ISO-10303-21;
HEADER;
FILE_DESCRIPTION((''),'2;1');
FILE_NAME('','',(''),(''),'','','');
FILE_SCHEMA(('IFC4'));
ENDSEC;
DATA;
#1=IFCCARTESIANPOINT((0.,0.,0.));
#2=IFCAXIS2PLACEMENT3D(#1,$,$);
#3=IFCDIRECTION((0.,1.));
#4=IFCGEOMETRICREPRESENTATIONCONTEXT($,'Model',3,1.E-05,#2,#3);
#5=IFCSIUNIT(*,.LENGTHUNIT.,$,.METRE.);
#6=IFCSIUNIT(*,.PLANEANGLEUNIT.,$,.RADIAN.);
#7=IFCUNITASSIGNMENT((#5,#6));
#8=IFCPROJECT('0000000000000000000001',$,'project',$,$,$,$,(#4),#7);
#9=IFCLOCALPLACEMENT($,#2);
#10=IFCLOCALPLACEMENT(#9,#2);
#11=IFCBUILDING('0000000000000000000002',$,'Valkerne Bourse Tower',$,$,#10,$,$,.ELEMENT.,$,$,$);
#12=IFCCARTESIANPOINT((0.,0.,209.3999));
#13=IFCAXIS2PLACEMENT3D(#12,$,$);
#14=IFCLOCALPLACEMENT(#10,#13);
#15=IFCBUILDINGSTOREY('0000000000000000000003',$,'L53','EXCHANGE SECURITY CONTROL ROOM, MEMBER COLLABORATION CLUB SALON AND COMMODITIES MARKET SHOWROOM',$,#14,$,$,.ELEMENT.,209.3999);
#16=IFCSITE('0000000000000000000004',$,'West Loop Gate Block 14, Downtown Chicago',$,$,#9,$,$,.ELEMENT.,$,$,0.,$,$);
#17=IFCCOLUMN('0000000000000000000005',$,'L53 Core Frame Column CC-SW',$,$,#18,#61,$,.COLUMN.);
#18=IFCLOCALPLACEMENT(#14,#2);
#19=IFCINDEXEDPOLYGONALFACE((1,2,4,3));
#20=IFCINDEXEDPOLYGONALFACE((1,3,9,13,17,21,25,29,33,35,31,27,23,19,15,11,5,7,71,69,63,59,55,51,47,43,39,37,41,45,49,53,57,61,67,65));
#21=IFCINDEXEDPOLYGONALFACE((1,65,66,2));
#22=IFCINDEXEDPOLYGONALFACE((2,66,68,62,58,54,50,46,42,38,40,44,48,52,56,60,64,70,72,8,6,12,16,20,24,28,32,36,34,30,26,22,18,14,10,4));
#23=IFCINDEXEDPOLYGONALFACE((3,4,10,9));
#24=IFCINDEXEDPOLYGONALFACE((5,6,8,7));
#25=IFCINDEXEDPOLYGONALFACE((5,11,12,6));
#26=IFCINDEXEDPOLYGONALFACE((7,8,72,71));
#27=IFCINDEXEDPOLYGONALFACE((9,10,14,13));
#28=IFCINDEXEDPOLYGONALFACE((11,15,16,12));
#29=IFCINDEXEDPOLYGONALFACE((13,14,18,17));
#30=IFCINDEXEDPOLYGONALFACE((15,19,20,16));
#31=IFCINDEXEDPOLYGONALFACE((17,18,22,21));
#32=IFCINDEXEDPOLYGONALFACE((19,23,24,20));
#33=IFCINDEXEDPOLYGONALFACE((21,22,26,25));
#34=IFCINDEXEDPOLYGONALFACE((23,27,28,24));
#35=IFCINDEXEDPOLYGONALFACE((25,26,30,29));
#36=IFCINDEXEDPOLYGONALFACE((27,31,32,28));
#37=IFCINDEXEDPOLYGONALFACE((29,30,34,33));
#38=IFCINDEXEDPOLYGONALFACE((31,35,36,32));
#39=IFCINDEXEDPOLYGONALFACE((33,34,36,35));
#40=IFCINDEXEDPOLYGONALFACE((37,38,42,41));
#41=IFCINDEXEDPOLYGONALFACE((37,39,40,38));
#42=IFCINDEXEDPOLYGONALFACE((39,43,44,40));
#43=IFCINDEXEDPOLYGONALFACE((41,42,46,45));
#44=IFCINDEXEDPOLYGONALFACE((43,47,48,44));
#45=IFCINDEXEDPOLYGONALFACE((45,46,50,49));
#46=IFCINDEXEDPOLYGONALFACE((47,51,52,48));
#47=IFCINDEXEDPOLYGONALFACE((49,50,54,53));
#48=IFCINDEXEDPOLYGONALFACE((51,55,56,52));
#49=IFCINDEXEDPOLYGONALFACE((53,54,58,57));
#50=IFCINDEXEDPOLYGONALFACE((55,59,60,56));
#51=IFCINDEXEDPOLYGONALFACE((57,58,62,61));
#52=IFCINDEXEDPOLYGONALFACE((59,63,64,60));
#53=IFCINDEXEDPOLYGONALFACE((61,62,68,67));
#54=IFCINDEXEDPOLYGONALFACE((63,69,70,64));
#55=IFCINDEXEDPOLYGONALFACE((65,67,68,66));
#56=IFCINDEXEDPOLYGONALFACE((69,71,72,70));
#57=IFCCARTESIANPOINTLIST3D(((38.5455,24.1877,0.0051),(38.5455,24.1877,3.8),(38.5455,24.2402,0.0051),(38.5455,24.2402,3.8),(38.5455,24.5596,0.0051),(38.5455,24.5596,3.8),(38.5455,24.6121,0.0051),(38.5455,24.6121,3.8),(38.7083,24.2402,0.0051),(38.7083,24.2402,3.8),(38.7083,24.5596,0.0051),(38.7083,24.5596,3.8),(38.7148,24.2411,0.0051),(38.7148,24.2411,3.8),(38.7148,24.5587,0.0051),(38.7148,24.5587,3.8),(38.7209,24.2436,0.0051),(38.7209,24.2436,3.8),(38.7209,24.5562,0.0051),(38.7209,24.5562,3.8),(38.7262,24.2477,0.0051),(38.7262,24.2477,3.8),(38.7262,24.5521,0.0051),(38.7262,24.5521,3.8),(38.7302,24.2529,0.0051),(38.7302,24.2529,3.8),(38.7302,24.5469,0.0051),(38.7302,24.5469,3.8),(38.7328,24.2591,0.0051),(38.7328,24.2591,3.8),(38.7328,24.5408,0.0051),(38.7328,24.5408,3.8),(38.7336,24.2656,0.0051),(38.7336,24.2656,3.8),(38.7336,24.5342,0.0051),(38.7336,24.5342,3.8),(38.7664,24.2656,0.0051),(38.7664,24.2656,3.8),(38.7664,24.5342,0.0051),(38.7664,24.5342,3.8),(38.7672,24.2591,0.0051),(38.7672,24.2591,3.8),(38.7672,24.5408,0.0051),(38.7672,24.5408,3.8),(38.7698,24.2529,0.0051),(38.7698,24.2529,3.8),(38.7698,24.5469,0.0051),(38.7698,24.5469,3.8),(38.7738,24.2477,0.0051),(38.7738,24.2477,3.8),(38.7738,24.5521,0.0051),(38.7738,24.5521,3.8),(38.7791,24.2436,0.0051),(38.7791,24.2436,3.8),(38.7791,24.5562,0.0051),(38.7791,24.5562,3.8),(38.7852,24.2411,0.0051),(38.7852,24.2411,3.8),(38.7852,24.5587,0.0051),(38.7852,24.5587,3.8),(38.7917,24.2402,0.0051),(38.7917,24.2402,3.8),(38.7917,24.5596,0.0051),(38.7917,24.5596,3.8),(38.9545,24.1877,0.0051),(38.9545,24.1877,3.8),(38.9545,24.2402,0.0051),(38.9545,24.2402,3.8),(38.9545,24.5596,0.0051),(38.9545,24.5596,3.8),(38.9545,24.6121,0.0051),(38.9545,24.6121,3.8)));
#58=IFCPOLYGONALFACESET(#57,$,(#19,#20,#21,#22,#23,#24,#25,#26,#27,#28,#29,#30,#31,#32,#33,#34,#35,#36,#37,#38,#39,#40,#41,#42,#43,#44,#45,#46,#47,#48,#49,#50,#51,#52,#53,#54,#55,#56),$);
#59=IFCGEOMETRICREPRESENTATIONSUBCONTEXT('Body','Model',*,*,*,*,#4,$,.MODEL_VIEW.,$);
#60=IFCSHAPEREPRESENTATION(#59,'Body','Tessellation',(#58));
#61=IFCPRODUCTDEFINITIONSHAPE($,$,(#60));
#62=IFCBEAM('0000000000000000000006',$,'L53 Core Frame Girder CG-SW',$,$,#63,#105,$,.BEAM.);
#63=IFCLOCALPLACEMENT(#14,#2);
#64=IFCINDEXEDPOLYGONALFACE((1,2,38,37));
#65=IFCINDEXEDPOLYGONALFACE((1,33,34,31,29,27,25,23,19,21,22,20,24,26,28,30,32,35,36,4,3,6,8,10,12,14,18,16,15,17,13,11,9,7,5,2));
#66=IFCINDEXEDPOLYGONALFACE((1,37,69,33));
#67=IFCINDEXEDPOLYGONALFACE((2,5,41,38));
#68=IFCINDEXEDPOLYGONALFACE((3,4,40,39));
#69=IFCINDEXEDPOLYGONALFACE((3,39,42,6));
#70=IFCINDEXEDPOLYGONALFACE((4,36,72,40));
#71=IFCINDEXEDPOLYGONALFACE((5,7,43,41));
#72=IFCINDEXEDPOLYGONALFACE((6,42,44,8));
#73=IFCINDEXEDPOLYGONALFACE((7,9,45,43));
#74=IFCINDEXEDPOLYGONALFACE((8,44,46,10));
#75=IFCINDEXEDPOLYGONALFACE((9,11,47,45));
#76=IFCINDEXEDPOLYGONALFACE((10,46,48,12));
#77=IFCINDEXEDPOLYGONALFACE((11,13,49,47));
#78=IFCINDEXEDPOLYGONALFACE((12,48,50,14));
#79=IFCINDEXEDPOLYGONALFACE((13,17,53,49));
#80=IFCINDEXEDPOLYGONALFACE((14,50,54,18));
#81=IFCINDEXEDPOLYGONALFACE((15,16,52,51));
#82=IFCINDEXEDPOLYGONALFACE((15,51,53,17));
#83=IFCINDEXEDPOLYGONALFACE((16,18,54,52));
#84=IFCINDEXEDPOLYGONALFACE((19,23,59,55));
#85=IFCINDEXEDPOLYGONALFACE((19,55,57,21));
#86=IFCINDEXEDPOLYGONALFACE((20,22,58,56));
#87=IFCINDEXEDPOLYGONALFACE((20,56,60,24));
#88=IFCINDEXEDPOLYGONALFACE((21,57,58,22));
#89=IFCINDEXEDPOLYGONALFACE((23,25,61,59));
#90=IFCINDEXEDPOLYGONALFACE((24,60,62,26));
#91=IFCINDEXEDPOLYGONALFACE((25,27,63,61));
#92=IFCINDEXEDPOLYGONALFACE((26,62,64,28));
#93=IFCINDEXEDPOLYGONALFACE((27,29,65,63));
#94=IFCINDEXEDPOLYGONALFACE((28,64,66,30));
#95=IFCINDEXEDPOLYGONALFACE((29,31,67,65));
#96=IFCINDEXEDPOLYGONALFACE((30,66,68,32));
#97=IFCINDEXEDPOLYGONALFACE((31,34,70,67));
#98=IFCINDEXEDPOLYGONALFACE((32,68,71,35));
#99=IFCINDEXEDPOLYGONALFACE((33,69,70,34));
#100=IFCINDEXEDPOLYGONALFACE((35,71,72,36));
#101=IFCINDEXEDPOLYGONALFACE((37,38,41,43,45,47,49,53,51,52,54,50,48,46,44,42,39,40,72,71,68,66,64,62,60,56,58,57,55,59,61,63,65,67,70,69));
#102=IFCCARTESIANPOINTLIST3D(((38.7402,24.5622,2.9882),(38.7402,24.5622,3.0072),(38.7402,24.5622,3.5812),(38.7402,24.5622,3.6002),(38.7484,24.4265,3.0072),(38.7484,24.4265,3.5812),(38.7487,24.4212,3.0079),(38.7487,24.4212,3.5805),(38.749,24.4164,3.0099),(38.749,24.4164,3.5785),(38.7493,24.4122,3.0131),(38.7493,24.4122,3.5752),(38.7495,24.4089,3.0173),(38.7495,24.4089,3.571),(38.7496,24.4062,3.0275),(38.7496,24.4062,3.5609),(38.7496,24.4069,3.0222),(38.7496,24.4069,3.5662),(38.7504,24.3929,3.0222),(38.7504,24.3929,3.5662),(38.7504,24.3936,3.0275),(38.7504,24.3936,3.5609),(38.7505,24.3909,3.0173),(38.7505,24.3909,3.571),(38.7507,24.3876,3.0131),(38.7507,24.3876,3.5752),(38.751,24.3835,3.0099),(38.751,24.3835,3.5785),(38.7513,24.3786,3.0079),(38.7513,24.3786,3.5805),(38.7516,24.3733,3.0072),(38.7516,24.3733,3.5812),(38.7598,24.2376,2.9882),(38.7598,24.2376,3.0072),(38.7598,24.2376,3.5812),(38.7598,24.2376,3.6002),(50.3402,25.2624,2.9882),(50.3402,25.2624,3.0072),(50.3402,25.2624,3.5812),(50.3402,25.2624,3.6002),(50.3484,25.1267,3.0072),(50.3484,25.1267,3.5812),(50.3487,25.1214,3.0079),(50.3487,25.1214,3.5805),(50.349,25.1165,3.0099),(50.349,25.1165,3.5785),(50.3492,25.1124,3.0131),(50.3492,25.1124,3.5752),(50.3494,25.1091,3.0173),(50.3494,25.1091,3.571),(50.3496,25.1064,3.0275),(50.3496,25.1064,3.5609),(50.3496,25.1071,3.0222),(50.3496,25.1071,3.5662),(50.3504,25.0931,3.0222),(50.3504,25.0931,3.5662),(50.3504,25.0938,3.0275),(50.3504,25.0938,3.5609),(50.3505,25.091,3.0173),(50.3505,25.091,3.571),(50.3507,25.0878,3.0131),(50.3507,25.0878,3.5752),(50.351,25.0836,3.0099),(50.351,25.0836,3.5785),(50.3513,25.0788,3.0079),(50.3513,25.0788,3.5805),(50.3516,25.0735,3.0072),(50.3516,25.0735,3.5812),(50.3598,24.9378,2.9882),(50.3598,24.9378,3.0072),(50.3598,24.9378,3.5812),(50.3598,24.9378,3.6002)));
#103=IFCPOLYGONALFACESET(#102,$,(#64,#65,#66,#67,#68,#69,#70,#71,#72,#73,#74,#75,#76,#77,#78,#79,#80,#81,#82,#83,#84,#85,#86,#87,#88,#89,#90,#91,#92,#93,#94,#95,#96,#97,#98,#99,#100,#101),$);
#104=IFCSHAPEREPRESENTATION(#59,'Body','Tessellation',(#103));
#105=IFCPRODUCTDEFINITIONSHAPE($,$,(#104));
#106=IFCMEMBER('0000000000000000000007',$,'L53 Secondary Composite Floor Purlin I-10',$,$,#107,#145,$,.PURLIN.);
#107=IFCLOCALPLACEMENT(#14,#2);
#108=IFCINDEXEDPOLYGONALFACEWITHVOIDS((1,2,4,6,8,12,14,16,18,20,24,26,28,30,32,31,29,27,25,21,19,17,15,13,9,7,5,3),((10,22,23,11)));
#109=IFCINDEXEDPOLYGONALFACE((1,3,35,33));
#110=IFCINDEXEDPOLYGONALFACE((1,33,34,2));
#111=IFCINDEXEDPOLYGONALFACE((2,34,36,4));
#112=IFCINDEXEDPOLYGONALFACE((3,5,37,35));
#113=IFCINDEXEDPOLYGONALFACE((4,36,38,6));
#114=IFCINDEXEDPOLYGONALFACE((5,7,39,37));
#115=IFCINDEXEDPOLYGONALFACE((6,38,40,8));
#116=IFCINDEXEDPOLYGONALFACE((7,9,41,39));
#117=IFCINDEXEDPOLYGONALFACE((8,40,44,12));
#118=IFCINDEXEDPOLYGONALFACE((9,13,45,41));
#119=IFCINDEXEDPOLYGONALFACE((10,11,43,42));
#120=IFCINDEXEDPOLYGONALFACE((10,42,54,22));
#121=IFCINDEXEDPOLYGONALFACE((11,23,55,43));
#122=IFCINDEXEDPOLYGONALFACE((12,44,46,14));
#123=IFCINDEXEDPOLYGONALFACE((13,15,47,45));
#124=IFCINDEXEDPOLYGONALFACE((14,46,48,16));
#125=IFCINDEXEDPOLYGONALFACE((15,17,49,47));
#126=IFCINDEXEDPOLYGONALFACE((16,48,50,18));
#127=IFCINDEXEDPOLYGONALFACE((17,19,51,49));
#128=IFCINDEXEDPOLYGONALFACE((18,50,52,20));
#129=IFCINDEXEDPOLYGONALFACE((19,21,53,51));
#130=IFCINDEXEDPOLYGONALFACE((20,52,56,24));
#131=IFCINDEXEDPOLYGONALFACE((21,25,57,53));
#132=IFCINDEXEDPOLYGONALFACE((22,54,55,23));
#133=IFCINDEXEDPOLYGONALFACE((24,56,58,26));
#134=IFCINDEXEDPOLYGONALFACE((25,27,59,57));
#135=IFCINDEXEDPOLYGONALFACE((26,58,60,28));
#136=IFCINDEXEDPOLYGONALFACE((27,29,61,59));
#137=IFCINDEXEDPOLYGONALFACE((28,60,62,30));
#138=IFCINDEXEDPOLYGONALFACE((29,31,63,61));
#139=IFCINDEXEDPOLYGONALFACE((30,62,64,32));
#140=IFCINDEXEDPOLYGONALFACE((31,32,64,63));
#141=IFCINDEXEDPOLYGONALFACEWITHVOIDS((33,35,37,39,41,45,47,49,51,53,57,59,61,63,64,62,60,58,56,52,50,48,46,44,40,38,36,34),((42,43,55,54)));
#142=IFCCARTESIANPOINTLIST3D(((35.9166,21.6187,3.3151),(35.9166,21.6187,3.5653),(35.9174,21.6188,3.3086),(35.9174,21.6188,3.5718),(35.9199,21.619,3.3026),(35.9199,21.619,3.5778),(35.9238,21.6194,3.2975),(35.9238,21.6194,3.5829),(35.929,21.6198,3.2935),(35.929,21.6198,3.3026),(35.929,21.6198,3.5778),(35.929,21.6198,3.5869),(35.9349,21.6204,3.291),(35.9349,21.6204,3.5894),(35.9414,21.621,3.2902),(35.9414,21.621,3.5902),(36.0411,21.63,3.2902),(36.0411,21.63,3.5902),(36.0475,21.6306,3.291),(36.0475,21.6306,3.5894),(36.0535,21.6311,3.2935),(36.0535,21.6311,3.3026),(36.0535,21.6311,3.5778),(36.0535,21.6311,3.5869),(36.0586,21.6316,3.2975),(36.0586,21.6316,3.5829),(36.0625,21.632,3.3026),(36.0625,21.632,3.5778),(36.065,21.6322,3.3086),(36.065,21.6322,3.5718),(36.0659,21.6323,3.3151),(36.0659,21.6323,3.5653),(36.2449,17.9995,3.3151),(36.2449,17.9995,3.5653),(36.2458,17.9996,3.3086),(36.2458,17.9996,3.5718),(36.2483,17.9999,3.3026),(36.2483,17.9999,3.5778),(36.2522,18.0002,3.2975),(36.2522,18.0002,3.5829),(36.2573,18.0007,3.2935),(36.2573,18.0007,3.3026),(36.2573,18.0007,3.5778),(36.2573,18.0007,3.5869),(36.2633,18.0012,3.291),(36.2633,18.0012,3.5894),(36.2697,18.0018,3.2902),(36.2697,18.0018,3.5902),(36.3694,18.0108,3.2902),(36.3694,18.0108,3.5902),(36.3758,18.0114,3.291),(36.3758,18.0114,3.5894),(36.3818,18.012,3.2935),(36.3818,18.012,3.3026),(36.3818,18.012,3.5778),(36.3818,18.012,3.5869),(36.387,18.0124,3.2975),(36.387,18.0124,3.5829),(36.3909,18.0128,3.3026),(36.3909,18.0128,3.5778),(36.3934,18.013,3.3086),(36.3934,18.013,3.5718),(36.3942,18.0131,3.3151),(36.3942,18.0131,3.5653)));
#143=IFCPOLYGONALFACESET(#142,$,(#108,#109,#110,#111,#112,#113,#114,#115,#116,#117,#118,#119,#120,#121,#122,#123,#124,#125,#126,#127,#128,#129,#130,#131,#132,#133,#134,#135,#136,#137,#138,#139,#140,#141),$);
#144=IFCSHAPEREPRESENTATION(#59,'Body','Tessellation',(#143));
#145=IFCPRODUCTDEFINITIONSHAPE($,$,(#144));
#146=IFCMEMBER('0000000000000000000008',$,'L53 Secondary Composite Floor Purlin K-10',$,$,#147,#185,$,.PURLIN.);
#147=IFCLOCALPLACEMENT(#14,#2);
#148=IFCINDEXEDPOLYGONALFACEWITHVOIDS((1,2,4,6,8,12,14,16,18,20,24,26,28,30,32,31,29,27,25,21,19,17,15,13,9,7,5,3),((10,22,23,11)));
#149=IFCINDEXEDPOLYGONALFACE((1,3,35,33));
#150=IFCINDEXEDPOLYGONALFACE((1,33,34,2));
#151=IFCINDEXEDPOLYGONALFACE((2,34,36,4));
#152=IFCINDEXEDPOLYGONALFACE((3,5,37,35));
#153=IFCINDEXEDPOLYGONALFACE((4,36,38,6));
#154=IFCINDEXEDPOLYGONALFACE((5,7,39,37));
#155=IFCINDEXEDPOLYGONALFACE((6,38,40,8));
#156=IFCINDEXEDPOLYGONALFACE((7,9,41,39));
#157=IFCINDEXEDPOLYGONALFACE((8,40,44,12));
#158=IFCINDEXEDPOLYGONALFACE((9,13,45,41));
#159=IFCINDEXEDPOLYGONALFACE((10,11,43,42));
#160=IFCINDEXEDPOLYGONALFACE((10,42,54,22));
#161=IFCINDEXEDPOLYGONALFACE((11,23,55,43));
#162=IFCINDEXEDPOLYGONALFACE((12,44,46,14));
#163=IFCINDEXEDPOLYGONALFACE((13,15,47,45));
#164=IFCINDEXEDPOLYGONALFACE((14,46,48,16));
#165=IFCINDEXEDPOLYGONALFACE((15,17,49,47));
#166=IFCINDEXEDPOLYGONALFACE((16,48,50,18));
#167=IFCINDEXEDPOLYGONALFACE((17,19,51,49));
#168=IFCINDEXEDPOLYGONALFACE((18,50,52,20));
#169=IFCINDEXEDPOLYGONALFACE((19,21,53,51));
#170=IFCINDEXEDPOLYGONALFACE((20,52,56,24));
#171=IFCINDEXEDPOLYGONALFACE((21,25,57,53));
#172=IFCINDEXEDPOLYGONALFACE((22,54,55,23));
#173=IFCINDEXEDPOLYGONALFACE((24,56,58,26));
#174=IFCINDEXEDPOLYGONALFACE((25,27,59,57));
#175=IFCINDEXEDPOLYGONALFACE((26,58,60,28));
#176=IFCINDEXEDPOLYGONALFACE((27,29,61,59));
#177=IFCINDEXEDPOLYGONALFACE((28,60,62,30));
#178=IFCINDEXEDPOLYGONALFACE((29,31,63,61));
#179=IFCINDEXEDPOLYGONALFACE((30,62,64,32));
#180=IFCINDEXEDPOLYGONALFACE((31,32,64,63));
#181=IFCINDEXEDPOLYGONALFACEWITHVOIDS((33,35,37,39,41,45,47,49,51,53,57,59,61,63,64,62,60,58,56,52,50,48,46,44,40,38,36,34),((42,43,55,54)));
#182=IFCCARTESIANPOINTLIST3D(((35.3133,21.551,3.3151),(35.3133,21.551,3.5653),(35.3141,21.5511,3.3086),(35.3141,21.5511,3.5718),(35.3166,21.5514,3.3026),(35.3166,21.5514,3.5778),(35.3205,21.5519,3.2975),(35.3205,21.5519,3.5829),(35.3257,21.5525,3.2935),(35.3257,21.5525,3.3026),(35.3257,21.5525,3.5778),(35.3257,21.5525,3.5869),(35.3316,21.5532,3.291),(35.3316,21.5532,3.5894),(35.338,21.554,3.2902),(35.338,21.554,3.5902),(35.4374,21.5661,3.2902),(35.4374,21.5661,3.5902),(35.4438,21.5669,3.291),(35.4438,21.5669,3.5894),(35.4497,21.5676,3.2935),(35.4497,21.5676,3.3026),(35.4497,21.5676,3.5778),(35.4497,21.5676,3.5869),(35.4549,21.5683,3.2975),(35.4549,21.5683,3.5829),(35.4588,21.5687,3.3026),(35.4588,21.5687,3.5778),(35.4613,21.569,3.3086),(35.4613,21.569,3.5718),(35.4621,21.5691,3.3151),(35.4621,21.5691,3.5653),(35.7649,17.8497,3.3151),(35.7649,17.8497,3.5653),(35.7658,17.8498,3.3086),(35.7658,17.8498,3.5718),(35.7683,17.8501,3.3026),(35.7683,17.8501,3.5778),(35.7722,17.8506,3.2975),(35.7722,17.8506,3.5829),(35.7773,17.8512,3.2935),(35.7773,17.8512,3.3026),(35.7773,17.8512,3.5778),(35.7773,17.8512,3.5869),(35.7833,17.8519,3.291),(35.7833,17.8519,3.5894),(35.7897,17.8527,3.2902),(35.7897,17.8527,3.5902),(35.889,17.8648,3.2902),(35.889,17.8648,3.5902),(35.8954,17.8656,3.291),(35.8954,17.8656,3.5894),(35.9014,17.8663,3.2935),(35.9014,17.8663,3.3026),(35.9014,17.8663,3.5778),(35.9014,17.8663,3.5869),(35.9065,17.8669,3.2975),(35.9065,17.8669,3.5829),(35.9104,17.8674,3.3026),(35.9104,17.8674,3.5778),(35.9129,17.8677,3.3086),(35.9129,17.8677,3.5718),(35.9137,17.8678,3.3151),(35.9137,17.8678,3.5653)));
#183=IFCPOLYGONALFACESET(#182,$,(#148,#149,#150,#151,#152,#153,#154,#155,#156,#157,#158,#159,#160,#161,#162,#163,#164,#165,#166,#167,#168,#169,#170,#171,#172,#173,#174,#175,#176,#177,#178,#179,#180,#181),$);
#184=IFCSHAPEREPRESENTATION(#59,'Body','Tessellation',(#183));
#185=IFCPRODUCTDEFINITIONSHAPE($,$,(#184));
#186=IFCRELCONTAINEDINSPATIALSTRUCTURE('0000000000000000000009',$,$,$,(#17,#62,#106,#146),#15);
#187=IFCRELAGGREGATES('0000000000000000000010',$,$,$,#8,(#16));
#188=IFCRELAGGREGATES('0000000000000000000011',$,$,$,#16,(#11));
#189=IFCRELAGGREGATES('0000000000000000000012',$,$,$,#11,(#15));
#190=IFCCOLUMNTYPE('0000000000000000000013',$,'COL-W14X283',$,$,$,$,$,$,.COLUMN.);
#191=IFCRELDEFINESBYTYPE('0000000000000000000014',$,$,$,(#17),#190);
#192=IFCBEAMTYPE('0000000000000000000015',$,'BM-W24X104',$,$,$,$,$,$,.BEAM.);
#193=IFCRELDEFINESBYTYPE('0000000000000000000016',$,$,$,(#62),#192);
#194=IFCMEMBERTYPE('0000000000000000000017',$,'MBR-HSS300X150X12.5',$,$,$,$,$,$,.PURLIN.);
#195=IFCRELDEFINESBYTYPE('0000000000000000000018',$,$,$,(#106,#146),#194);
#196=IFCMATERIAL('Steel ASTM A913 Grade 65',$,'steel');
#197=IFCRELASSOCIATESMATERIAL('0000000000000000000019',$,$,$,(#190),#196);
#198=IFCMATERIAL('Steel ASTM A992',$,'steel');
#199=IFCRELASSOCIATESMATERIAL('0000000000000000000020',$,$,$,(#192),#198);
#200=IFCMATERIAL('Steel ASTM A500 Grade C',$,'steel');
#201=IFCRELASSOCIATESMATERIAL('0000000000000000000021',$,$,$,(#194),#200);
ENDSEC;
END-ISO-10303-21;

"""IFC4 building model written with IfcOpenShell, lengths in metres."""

from ifc_helpers import new_model, si_unit, direction, frame, origin, origin_2d, place, context, subcontext, project, spatial, hollow_rectangle, i_section, extrude, material, material_profile, profile_set, type_object, element, save


model = new_model("IFC4")

# Units and contexts
model_context = context("Model", 3, precision=1e-05, world=origin(), true_north=direction((0.0, 1.0)))
body_context = subcontext(model_context, "Body", "Model", "MODEL_VIEW")
ifc_project = project(units=[si_unit("LENGTHUNIT", "METRE"), si_unit("PLANEANGLEUNIT", "RADIAN")], contexts=[model_context])

# Site, building, storey
site_placement = place(None, origin())
site = spatial("IfcSite", under=ifc_project, at=site_placement, Name="West Loop Gate Block 14, Downtown Chicago", CompositionType="ELEMENT", RefElevation=0.0)
building_placement = place(site_placement, origin())
building = spatial("IfcBuilding", under=site, at=building_placement, Name="Valkerne Bourse Tower", CompositionType="ELEMENT")
storey_placement = place(building_placement, frame((0.0, 0.0, 209.3999)))
storey = spatial("IfcBuildingStorey", under=building, at=storey_placement, Name="L53", Description="EXCHANGE SECURITY CONTROL ROOM, MEMBER COLLABORATION CLUB SALON AND COMMODITIES MARKET SHOWROOM", CompositionType="ELEMENT", Elevation=209.3999)

# Column
ifc_material_1 = material(Name="Steel ASTM A913 Grade 65", Category="steel")
ifc_material_profile_1 = material_profile(ifc_material_1, i_section(OverallWidth=0.4089, OverallDepth=0.4243, WebThickness=0.0327, FlangeThickness=0.0525, FilletRadius=0.0254, at=origin_2d()), Name="W14X283")
ifc_profile_set_1 = profile_set([ifc_material_profile_1], Name="Steel ASTM A913 Grade 65")
column_type = type_object("IfcColumnType", Name="COL-W14X283", PredefinedType="COLUMN", material=ifc_profile_set_1)
column_placement = place(storey_placement, frame((38.75, 24.3999, 0.0051), z_axis=(0.0, 0.0, 1.0), x_axis=(1.0, 0.0, 0.0)))
element("IfcColumn", 1, at=column_placement, inside=storey, type_object=column_type, Name="L53 Core Frame Column CC-SW", PredefinedType="COLUMN", context=body_context, shape_type="SweptSolid", body=[
    extrude(i_section(OverallWidth=0.4089, OverallDepth=0.4243, WebThickness=0.0327, FlangeThickness=0.0525, FilletRadius=0.0254, at=origin_2d()), origin(), (0.0, 0.0, 1.0), 3.7949),
])

# Beam
ifc_material_2 = material(Name="Steel ASTM A992", Category="steel")
ifc_material_profile_2 = material_profile(ifc_material_2, i_section(OverallWidth=0.3252, OverallDepth=0.6121, WebThickness=0.0127, FlangeThickness=0.019, FilletRadius=0.0203, at=origin_2d()), Name="W24X104")
ifc_profile_set_2 = profile_set([ifc_material_profile_2], Name="Steel ASTM A992")
beam_type = type_object("IfcBeamType", Name="BM-W24X104", PredefinedType="BEAM", material=ifc_profile_set_2)
beam_placement = place(storey_placement, frame((38.75, 24.3999, 3.2942), z_axis=(0.998183, 0.060251, 0.0), x_axis=(-0.060251, 0.998183, 0.0)))
element("IfcBeam", 2, at=beam_placement, inside=storey, type_object=beam_type, Name="L53 Core Frame Girder CG-SW", PredefinedType="BEAM", context=body_context, shape_type="SweptSolid", body=[
    extrude(i_section(OverallWidth=0.3252, OverallDepth=0.6121, WebThickness=0.0127, FlangeThickness=0.019, FilletRadius=0.0203, at=origin_2d()), origin(), (0.0, 0.0, 1.0), 11.6211),
])

# Members
ifc_material_3 = material(Name="Steel ASTM A500 Grade C", Category="steel")
ifc_material_profile_3 = material_profile(ifc_material_3, hollow_rectangle(XDim=0.1499, YDim=0.3, WallThickness=0.0125, OuterFilletRadius=0.0249, at=origin_2d()), Name="HSS300X150X12.5")
ifc_profile_set_3 = profile_set([ifc_material_profile_3], Name="Steel ASTM A500 Grade C")
member_type = type_object("IfcMemberType", Name="MBR-HSS300X150X12.5", PredefinedType="PURLIN", material=ifc_profile_set_3)
member_1_placement = place(storey_placement, frame((35.9912, 21.6255, 3.4402), z_axis=(0.09036, -0.995909, 0.0), x_axis=(0.995909, 0.09036, 0.0)))
element("IfcMember", 3, at=member_1_placement, inside=storey, type_object=member_type, Name="L53 Secondary Composite Floor Purlin I-10", PredefinedType="PURLIN", context=body_context, shape_type="SweptSolid", body=[
    extrude(hollow_rectangle(XDim=0.1499, YDim=0.3, WallThickness=0.0125, OuterFilletRadius=0.0249, at=origin_2d()), origin(), (0.0, 0.0, 1.0), 3.634),
])
member_2_placement = place(storey_placement, frame((35.3877, 21.5601, 3.4402), z_axis=(0.121125, -0.992637, 0.0), x_axis=(0.992637, 0.121125, 0.0)))
element("IfcMember", 4, at=member_2_placement, inside=storey, type_object=member_type, Name="L53 Secondary Composite Floor Purlin K-10", PredefinedType="PURLIN", context=body_context, shape_type="SweptSolid", body=[
    extrude(hollow_rectangle(XDim=0.1499, YDim=0.3, WallThickness=0.0125, OuterFilletRadius=0.0249, at=origin_2d()), origin(), (0.0, 0.0, 1.0), 3.7288),
])

save(model, "model.ifc")
